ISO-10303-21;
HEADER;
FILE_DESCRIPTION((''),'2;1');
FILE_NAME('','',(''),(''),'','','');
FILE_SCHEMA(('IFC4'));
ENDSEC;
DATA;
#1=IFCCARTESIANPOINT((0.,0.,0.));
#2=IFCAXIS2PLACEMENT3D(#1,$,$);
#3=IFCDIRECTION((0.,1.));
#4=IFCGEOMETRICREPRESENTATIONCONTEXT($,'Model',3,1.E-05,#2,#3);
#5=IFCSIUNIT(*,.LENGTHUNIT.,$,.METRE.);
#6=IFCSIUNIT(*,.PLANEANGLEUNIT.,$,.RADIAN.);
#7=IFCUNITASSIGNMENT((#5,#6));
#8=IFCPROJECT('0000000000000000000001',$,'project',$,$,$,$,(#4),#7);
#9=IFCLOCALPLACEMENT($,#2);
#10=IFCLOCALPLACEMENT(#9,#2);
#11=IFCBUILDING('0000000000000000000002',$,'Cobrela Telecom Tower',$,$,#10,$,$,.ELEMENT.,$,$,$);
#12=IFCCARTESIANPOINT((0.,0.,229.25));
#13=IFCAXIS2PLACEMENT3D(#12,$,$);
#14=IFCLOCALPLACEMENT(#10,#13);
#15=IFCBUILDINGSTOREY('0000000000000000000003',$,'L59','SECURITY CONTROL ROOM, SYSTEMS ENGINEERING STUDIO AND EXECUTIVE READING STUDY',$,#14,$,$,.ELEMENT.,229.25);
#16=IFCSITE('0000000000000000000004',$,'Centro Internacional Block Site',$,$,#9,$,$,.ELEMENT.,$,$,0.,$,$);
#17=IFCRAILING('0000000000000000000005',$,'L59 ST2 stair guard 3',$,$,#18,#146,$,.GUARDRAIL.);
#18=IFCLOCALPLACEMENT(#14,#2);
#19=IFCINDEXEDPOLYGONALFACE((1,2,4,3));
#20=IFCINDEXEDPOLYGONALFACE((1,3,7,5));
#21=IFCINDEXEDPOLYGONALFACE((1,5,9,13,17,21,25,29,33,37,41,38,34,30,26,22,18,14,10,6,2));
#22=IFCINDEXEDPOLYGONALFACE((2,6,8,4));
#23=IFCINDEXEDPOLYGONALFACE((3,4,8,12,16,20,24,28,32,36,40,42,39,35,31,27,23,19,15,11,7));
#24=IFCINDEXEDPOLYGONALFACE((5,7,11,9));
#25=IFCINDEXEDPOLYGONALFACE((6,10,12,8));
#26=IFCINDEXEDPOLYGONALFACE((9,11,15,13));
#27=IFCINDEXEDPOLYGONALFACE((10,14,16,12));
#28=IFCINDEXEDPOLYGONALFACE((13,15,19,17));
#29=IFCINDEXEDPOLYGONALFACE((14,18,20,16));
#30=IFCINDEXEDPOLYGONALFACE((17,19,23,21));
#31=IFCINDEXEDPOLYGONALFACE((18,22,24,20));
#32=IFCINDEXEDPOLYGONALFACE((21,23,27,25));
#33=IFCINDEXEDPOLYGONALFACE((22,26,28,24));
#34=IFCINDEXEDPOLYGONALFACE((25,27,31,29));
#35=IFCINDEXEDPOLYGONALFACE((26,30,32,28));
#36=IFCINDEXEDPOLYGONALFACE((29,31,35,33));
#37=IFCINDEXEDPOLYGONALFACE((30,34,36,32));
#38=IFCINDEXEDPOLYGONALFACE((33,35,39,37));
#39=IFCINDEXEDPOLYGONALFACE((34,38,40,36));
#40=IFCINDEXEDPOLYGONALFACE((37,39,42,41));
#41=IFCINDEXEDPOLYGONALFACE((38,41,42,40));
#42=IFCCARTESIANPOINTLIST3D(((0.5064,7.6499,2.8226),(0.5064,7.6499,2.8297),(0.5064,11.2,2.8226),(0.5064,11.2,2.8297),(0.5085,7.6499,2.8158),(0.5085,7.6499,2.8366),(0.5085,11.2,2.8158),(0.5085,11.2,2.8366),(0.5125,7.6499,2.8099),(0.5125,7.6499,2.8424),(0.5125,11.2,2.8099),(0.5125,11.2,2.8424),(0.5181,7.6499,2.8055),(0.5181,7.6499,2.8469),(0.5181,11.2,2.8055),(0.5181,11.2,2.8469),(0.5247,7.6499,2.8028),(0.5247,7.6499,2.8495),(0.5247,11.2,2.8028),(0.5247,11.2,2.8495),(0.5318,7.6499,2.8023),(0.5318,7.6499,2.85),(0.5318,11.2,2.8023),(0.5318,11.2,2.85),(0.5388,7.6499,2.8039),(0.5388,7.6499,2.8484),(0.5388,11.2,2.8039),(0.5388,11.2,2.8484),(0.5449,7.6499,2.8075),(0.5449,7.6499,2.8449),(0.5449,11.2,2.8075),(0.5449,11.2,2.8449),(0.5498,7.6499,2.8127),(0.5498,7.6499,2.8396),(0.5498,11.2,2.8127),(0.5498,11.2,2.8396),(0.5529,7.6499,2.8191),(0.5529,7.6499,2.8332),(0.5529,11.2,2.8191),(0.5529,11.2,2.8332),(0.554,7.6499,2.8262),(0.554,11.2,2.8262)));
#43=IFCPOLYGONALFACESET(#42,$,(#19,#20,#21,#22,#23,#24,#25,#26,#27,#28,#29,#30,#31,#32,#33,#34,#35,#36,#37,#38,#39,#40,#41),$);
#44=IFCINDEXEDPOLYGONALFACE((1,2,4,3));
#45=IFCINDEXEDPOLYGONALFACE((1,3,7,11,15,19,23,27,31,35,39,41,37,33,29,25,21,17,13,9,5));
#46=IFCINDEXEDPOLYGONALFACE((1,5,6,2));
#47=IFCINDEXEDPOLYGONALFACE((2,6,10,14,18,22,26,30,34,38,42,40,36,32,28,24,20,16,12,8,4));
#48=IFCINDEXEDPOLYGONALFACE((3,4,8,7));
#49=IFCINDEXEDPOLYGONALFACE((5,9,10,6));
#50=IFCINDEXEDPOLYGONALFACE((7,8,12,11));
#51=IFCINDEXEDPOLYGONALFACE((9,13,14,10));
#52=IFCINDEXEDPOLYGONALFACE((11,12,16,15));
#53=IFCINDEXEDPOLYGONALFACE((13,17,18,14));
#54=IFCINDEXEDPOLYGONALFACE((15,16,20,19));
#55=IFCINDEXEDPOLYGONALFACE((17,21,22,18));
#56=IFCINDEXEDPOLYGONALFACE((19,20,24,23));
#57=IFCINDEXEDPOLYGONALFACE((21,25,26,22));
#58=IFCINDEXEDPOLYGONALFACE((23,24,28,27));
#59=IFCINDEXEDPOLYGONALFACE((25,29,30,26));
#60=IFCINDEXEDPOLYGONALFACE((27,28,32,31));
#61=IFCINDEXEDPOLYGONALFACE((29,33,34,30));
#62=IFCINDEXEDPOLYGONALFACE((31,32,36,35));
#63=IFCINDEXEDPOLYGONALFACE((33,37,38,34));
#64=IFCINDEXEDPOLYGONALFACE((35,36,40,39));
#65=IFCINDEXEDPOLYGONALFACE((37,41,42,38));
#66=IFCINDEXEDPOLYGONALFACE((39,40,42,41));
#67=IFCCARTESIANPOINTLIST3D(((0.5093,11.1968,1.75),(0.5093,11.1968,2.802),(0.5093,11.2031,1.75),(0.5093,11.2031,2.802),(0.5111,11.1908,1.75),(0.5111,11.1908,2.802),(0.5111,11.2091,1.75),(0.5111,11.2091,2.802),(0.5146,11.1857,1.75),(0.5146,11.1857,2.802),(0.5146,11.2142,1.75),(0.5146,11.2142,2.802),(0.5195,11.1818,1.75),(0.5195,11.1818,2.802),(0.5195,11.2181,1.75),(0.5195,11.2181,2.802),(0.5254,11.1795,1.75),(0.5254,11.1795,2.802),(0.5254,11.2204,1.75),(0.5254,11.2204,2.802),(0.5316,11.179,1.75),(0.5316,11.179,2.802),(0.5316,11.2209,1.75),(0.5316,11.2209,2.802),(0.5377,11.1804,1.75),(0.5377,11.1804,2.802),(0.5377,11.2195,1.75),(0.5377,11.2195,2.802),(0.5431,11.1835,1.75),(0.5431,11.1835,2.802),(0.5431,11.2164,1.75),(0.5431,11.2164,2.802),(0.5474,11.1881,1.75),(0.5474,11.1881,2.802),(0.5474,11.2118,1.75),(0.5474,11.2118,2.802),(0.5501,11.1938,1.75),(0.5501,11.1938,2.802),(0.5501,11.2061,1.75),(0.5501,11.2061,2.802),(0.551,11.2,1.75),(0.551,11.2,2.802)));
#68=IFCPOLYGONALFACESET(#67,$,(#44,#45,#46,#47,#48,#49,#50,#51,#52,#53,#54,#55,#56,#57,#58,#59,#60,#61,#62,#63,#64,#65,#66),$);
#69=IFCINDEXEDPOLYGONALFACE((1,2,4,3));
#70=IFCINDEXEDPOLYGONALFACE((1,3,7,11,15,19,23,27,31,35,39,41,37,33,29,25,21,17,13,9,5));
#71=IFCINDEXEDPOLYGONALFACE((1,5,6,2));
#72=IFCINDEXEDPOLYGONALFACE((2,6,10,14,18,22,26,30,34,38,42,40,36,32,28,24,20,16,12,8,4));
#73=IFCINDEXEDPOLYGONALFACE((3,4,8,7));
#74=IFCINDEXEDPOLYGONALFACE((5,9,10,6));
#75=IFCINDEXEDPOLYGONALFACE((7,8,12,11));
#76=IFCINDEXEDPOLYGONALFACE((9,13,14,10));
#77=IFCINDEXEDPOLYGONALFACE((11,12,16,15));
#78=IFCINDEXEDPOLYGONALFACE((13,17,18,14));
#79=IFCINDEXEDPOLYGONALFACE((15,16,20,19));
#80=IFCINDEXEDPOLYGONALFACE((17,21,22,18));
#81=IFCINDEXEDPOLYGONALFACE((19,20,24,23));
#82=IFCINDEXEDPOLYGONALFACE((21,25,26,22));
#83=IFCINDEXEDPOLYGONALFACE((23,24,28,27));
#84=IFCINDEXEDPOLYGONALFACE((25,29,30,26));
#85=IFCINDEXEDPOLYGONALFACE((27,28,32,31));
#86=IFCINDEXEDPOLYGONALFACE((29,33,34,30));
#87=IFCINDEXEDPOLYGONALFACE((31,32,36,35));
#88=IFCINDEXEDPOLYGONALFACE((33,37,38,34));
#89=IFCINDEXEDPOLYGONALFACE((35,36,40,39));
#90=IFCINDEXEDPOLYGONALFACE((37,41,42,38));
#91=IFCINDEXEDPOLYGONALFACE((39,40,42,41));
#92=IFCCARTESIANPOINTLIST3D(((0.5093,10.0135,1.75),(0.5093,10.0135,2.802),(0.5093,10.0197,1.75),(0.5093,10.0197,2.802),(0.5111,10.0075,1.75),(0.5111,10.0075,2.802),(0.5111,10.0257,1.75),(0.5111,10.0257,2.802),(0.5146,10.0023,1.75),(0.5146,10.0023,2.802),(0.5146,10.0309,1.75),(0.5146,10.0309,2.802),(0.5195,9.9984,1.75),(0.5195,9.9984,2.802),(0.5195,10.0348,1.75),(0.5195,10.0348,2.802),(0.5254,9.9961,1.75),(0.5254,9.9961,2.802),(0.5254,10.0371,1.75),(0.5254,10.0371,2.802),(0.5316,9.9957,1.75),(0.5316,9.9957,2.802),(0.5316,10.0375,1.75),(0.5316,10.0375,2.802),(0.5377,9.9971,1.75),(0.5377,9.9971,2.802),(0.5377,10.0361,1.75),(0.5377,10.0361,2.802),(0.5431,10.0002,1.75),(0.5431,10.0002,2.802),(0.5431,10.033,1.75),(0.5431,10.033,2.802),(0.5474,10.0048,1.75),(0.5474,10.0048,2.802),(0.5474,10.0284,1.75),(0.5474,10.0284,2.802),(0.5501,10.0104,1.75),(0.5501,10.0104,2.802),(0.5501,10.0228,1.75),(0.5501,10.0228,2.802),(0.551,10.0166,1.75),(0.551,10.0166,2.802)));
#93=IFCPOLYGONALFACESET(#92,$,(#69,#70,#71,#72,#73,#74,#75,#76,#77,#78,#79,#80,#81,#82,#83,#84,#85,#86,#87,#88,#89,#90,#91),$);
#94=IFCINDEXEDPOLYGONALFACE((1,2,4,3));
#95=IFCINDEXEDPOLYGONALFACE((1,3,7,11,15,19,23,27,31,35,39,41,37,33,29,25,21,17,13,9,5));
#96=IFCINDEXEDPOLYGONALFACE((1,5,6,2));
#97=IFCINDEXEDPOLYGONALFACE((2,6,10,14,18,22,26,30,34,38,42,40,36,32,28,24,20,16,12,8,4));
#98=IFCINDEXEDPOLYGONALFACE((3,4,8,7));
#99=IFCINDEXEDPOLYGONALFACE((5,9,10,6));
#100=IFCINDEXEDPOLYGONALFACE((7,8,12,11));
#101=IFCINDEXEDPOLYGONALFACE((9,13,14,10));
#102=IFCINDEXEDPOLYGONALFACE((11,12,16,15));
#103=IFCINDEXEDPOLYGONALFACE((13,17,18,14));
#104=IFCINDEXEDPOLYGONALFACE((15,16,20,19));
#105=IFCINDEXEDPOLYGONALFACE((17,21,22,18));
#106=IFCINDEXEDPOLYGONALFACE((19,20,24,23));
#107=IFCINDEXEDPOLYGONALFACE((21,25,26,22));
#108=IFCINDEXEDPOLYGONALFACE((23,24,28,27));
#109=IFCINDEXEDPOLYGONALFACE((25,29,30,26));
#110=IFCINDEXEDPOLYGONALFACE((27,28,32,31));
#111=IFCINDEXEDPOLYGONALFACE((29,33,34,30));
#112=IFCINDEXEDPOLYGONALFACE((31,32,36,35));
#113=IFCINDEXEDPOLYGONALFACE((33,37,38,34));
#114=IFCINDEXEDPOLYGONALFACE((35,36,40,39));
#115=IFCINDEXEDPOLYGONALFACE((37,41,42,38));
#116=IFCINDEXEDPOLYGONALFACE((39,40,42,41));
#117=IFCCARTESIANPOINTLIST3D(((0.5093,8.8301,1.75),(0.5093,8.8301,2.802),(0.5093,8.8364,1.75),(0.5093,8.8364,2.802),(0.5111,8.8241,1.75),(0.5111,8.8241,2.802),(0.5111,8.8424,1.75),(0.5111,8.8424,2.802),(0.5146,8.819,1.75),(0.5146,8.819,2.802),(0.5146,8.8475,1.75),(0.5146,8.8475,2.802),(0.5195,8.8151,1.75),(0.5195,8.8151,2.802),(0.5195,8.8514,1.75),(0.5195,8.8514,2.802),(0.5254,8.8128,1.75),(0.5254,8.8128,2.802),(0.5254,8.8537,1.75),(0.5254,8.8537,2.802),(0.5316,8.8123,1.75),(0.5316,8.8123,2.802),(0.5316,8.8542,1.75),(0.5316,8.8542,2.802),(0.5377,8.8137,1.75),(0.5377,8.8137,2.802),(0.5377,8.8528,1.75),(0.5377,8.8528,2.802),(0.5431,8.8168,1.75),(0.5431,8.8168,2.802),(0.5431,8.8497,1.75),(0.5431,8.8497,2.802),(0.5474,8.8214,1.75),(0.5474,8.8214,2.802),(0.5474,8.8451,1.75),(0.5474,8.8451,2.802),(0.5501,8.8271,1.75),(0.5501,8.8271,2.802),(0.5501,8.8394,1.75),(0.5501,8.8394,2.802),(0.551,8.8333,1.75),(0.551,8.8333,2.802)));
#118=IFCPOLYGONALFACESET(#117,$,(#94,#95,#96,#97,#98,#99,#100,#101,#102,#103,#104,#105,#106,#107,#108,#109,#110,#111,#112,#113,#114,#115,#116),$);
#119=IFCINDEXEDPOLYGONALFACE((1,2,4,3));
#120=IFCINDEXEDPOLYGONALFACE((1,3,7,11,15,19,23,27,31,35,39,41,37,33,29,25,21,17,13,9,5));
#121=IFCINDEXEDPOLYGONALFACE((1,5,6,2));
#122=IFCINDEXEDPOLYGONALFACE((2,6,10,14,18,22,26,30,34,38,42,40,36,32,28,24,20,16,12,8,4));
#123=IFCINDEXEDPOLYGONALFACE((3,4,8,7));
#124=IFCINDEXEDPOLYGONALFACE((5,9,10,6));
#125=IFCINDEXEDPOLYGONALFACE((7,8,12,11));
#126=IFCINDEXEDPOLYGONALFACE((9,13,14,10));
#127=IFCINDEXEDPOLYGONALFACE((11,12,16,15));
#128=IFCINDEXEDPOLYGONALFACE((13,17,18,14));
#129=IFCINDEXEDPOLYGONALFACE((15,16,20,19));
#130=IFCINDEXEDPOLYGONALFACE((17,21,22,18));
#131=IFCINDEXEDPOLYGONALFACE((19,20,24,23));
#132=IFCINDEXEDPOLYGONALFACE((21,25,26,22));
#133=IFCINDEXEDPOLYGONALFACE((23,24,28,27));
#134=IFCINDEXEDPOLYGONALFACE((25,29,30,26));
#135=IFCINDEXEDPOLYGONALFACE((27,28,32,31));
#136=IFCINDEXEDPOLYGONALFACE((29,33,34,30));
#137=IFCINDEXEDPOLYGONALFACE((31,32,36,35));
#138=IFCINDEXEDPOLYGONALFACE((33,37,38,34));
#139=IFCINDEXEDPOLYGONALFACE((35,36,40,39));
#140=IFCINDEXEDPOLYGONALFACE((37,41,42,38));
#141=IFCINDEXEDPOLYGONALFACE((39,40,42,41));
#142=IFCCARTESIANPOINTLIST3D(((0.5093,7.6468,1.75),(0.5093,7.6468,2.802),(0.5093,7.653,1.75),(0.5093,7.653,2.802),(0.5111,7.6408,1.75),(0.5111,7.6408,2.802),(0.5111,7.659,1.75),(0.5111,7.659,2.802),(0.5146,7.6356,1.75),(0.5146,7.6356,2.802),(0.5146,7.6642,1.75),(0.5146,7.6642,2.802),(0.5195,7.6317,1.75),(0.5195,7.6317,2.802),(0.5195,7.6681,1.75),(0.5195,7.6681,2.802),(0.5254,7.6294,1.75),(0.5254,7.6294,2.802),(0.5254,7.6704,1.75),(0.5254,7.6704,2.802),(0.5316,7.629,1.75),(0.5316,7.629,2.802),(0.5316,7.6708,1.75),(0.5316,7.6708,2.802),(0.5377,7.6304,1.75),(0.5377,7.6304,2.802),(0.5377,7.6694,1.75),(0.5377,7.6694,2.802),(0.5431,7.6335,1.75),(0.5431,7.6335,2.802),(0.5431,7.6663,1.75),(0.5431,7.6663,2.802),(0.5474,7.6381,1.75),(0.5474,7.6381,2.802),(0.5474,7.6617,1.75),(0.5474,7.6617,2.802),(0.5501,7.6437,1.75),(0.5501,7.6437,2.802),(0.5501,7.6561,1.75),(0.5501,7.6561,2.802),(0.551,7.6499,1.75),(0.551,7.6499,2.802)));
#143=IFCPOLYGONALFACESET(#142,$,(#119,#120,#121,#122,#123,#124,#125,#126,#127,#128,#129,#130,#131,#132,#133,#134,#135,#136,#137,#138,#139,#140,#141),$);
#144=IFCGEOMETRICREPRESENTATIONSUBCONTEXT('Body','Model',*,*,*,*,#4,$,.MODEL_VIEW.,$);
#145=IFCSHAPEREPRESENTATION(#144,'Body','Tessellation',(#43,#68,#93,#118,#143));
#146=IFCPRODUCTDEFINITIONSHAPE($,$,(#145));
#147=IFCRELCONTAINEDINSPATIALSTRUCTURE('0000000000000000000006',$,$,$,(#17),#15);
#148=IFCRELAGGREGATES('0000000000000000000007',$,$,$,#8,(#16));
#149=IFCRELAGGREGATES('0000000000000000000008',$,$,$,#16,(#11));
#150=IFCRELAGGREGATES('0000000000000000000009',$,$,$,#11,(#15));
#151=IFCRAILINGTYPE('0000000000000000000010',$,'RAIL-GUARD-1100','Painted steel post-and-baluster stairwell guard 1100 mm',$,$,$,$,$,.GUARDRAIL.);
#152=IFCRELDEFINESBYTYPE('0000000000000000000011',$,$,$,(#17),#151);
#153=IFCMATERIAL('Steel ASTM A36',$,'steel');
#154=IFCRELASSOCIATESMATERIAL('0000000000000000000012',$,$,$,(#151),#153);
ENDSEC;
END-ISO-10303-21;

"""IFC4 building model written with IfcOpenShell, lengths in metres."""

from ifc_helpers import new_model, si_unit, direction, frame, origin, origin_2d, place, context, subcontext, project, spatial, circle, extrude, material, type_object, element, save


model = new_model("IFC4")

# Units and contexts
model_context = context("Model", 3, precision=1e-05, world=origin(), true_north=direction((0.0, 1.0)))
body_context = subcontext(model_context, "Body", "Model", "MODEL_VIEW")
ifc_project = project(units=[si_unit("LENGTHUNIT", "METRE"), si_unit("PLANEANGLEUNIT", "RADIAN")], contexts=[model_context])

# Site, building, storey
site_placement = place(None, origin())
site = spatial("IfcSite", under=ifc_project, at=site_placement, Name="Centro Internacional Block Site", CompositionType="ELEMENT", RefElevation=0.0)
building_placement = place(site_placement, origin())
building = spatial("IfcBuilding", under=site, at=building_placement, Name="Cobrela Telecom Tower", CompositionType="ELEMENT")
storey_placement = place(building_placement, frame((0.0, 0.0, 229.25)))
storey = spatial("IfcBuildingStorey", under=building, at=storey_placement, Name="L59", Description="SECURITY CONTROL ROOM, SYSTEMS ENGINEERING STUDIO AND EXECUTIVE READING STUDY", CompositionType="ELEMENT", Elevation=229.25)

# Shared definitions
ifc_material_1 = material(Name="Steel ASTM A36", Category="steel")

# Railing
railing_type = type_object("IfcRailingType", Name="RAIL-GUARD-1100", Description="Painted steel post-and-baluster stairwell guard 1100 mm", PredefinedType="GUARDRAIL", material=ifc_material_1)
railing_1_placement = place(storey_placement, frame((0.53, 11.2, 1.75)))
element("IfcRailing", 1, at=railing_1_placement, inside=storey, type_object=railing_type, Name="L59 ST2 stair guard 3", PredefinedType="GUARDRAIL", context=body_context, shape_type="SweptSolid", body=[
    extrude(circle(Radius=0.0239, at=origin_2d()), frame((0.0, 0.0, 1.0762), z_axis=(0.0, -1.0, 0.0), x_axis=(1.0, 0.0, 0.0)), (0.0, 0.0, 1.0), 3.55),
    extrude(circle(Radius=0.021, at=origin_2d()), origin(), (0.0, 0.0, 1.0), 1.052),
    extrude(circle(Radius=0.021, at=origin_2d()), frame((0.0, -1.1833, 0.0)), (0.0, 0.0, 1.0), 1.052),
    extrude(circle(Radius=0.021, at=origin_2d()), frame((0.0, -2.3667, 0.0)), (0.0, 0.0, 1.0), 1.052),
    extrude(circle(Radius=0.021, at=origin_2d()), frame((0.0, -3.55, 0.0)), (0.0, 0.0, 1.0), 1.052),
])

save(model, "model.ifc")
